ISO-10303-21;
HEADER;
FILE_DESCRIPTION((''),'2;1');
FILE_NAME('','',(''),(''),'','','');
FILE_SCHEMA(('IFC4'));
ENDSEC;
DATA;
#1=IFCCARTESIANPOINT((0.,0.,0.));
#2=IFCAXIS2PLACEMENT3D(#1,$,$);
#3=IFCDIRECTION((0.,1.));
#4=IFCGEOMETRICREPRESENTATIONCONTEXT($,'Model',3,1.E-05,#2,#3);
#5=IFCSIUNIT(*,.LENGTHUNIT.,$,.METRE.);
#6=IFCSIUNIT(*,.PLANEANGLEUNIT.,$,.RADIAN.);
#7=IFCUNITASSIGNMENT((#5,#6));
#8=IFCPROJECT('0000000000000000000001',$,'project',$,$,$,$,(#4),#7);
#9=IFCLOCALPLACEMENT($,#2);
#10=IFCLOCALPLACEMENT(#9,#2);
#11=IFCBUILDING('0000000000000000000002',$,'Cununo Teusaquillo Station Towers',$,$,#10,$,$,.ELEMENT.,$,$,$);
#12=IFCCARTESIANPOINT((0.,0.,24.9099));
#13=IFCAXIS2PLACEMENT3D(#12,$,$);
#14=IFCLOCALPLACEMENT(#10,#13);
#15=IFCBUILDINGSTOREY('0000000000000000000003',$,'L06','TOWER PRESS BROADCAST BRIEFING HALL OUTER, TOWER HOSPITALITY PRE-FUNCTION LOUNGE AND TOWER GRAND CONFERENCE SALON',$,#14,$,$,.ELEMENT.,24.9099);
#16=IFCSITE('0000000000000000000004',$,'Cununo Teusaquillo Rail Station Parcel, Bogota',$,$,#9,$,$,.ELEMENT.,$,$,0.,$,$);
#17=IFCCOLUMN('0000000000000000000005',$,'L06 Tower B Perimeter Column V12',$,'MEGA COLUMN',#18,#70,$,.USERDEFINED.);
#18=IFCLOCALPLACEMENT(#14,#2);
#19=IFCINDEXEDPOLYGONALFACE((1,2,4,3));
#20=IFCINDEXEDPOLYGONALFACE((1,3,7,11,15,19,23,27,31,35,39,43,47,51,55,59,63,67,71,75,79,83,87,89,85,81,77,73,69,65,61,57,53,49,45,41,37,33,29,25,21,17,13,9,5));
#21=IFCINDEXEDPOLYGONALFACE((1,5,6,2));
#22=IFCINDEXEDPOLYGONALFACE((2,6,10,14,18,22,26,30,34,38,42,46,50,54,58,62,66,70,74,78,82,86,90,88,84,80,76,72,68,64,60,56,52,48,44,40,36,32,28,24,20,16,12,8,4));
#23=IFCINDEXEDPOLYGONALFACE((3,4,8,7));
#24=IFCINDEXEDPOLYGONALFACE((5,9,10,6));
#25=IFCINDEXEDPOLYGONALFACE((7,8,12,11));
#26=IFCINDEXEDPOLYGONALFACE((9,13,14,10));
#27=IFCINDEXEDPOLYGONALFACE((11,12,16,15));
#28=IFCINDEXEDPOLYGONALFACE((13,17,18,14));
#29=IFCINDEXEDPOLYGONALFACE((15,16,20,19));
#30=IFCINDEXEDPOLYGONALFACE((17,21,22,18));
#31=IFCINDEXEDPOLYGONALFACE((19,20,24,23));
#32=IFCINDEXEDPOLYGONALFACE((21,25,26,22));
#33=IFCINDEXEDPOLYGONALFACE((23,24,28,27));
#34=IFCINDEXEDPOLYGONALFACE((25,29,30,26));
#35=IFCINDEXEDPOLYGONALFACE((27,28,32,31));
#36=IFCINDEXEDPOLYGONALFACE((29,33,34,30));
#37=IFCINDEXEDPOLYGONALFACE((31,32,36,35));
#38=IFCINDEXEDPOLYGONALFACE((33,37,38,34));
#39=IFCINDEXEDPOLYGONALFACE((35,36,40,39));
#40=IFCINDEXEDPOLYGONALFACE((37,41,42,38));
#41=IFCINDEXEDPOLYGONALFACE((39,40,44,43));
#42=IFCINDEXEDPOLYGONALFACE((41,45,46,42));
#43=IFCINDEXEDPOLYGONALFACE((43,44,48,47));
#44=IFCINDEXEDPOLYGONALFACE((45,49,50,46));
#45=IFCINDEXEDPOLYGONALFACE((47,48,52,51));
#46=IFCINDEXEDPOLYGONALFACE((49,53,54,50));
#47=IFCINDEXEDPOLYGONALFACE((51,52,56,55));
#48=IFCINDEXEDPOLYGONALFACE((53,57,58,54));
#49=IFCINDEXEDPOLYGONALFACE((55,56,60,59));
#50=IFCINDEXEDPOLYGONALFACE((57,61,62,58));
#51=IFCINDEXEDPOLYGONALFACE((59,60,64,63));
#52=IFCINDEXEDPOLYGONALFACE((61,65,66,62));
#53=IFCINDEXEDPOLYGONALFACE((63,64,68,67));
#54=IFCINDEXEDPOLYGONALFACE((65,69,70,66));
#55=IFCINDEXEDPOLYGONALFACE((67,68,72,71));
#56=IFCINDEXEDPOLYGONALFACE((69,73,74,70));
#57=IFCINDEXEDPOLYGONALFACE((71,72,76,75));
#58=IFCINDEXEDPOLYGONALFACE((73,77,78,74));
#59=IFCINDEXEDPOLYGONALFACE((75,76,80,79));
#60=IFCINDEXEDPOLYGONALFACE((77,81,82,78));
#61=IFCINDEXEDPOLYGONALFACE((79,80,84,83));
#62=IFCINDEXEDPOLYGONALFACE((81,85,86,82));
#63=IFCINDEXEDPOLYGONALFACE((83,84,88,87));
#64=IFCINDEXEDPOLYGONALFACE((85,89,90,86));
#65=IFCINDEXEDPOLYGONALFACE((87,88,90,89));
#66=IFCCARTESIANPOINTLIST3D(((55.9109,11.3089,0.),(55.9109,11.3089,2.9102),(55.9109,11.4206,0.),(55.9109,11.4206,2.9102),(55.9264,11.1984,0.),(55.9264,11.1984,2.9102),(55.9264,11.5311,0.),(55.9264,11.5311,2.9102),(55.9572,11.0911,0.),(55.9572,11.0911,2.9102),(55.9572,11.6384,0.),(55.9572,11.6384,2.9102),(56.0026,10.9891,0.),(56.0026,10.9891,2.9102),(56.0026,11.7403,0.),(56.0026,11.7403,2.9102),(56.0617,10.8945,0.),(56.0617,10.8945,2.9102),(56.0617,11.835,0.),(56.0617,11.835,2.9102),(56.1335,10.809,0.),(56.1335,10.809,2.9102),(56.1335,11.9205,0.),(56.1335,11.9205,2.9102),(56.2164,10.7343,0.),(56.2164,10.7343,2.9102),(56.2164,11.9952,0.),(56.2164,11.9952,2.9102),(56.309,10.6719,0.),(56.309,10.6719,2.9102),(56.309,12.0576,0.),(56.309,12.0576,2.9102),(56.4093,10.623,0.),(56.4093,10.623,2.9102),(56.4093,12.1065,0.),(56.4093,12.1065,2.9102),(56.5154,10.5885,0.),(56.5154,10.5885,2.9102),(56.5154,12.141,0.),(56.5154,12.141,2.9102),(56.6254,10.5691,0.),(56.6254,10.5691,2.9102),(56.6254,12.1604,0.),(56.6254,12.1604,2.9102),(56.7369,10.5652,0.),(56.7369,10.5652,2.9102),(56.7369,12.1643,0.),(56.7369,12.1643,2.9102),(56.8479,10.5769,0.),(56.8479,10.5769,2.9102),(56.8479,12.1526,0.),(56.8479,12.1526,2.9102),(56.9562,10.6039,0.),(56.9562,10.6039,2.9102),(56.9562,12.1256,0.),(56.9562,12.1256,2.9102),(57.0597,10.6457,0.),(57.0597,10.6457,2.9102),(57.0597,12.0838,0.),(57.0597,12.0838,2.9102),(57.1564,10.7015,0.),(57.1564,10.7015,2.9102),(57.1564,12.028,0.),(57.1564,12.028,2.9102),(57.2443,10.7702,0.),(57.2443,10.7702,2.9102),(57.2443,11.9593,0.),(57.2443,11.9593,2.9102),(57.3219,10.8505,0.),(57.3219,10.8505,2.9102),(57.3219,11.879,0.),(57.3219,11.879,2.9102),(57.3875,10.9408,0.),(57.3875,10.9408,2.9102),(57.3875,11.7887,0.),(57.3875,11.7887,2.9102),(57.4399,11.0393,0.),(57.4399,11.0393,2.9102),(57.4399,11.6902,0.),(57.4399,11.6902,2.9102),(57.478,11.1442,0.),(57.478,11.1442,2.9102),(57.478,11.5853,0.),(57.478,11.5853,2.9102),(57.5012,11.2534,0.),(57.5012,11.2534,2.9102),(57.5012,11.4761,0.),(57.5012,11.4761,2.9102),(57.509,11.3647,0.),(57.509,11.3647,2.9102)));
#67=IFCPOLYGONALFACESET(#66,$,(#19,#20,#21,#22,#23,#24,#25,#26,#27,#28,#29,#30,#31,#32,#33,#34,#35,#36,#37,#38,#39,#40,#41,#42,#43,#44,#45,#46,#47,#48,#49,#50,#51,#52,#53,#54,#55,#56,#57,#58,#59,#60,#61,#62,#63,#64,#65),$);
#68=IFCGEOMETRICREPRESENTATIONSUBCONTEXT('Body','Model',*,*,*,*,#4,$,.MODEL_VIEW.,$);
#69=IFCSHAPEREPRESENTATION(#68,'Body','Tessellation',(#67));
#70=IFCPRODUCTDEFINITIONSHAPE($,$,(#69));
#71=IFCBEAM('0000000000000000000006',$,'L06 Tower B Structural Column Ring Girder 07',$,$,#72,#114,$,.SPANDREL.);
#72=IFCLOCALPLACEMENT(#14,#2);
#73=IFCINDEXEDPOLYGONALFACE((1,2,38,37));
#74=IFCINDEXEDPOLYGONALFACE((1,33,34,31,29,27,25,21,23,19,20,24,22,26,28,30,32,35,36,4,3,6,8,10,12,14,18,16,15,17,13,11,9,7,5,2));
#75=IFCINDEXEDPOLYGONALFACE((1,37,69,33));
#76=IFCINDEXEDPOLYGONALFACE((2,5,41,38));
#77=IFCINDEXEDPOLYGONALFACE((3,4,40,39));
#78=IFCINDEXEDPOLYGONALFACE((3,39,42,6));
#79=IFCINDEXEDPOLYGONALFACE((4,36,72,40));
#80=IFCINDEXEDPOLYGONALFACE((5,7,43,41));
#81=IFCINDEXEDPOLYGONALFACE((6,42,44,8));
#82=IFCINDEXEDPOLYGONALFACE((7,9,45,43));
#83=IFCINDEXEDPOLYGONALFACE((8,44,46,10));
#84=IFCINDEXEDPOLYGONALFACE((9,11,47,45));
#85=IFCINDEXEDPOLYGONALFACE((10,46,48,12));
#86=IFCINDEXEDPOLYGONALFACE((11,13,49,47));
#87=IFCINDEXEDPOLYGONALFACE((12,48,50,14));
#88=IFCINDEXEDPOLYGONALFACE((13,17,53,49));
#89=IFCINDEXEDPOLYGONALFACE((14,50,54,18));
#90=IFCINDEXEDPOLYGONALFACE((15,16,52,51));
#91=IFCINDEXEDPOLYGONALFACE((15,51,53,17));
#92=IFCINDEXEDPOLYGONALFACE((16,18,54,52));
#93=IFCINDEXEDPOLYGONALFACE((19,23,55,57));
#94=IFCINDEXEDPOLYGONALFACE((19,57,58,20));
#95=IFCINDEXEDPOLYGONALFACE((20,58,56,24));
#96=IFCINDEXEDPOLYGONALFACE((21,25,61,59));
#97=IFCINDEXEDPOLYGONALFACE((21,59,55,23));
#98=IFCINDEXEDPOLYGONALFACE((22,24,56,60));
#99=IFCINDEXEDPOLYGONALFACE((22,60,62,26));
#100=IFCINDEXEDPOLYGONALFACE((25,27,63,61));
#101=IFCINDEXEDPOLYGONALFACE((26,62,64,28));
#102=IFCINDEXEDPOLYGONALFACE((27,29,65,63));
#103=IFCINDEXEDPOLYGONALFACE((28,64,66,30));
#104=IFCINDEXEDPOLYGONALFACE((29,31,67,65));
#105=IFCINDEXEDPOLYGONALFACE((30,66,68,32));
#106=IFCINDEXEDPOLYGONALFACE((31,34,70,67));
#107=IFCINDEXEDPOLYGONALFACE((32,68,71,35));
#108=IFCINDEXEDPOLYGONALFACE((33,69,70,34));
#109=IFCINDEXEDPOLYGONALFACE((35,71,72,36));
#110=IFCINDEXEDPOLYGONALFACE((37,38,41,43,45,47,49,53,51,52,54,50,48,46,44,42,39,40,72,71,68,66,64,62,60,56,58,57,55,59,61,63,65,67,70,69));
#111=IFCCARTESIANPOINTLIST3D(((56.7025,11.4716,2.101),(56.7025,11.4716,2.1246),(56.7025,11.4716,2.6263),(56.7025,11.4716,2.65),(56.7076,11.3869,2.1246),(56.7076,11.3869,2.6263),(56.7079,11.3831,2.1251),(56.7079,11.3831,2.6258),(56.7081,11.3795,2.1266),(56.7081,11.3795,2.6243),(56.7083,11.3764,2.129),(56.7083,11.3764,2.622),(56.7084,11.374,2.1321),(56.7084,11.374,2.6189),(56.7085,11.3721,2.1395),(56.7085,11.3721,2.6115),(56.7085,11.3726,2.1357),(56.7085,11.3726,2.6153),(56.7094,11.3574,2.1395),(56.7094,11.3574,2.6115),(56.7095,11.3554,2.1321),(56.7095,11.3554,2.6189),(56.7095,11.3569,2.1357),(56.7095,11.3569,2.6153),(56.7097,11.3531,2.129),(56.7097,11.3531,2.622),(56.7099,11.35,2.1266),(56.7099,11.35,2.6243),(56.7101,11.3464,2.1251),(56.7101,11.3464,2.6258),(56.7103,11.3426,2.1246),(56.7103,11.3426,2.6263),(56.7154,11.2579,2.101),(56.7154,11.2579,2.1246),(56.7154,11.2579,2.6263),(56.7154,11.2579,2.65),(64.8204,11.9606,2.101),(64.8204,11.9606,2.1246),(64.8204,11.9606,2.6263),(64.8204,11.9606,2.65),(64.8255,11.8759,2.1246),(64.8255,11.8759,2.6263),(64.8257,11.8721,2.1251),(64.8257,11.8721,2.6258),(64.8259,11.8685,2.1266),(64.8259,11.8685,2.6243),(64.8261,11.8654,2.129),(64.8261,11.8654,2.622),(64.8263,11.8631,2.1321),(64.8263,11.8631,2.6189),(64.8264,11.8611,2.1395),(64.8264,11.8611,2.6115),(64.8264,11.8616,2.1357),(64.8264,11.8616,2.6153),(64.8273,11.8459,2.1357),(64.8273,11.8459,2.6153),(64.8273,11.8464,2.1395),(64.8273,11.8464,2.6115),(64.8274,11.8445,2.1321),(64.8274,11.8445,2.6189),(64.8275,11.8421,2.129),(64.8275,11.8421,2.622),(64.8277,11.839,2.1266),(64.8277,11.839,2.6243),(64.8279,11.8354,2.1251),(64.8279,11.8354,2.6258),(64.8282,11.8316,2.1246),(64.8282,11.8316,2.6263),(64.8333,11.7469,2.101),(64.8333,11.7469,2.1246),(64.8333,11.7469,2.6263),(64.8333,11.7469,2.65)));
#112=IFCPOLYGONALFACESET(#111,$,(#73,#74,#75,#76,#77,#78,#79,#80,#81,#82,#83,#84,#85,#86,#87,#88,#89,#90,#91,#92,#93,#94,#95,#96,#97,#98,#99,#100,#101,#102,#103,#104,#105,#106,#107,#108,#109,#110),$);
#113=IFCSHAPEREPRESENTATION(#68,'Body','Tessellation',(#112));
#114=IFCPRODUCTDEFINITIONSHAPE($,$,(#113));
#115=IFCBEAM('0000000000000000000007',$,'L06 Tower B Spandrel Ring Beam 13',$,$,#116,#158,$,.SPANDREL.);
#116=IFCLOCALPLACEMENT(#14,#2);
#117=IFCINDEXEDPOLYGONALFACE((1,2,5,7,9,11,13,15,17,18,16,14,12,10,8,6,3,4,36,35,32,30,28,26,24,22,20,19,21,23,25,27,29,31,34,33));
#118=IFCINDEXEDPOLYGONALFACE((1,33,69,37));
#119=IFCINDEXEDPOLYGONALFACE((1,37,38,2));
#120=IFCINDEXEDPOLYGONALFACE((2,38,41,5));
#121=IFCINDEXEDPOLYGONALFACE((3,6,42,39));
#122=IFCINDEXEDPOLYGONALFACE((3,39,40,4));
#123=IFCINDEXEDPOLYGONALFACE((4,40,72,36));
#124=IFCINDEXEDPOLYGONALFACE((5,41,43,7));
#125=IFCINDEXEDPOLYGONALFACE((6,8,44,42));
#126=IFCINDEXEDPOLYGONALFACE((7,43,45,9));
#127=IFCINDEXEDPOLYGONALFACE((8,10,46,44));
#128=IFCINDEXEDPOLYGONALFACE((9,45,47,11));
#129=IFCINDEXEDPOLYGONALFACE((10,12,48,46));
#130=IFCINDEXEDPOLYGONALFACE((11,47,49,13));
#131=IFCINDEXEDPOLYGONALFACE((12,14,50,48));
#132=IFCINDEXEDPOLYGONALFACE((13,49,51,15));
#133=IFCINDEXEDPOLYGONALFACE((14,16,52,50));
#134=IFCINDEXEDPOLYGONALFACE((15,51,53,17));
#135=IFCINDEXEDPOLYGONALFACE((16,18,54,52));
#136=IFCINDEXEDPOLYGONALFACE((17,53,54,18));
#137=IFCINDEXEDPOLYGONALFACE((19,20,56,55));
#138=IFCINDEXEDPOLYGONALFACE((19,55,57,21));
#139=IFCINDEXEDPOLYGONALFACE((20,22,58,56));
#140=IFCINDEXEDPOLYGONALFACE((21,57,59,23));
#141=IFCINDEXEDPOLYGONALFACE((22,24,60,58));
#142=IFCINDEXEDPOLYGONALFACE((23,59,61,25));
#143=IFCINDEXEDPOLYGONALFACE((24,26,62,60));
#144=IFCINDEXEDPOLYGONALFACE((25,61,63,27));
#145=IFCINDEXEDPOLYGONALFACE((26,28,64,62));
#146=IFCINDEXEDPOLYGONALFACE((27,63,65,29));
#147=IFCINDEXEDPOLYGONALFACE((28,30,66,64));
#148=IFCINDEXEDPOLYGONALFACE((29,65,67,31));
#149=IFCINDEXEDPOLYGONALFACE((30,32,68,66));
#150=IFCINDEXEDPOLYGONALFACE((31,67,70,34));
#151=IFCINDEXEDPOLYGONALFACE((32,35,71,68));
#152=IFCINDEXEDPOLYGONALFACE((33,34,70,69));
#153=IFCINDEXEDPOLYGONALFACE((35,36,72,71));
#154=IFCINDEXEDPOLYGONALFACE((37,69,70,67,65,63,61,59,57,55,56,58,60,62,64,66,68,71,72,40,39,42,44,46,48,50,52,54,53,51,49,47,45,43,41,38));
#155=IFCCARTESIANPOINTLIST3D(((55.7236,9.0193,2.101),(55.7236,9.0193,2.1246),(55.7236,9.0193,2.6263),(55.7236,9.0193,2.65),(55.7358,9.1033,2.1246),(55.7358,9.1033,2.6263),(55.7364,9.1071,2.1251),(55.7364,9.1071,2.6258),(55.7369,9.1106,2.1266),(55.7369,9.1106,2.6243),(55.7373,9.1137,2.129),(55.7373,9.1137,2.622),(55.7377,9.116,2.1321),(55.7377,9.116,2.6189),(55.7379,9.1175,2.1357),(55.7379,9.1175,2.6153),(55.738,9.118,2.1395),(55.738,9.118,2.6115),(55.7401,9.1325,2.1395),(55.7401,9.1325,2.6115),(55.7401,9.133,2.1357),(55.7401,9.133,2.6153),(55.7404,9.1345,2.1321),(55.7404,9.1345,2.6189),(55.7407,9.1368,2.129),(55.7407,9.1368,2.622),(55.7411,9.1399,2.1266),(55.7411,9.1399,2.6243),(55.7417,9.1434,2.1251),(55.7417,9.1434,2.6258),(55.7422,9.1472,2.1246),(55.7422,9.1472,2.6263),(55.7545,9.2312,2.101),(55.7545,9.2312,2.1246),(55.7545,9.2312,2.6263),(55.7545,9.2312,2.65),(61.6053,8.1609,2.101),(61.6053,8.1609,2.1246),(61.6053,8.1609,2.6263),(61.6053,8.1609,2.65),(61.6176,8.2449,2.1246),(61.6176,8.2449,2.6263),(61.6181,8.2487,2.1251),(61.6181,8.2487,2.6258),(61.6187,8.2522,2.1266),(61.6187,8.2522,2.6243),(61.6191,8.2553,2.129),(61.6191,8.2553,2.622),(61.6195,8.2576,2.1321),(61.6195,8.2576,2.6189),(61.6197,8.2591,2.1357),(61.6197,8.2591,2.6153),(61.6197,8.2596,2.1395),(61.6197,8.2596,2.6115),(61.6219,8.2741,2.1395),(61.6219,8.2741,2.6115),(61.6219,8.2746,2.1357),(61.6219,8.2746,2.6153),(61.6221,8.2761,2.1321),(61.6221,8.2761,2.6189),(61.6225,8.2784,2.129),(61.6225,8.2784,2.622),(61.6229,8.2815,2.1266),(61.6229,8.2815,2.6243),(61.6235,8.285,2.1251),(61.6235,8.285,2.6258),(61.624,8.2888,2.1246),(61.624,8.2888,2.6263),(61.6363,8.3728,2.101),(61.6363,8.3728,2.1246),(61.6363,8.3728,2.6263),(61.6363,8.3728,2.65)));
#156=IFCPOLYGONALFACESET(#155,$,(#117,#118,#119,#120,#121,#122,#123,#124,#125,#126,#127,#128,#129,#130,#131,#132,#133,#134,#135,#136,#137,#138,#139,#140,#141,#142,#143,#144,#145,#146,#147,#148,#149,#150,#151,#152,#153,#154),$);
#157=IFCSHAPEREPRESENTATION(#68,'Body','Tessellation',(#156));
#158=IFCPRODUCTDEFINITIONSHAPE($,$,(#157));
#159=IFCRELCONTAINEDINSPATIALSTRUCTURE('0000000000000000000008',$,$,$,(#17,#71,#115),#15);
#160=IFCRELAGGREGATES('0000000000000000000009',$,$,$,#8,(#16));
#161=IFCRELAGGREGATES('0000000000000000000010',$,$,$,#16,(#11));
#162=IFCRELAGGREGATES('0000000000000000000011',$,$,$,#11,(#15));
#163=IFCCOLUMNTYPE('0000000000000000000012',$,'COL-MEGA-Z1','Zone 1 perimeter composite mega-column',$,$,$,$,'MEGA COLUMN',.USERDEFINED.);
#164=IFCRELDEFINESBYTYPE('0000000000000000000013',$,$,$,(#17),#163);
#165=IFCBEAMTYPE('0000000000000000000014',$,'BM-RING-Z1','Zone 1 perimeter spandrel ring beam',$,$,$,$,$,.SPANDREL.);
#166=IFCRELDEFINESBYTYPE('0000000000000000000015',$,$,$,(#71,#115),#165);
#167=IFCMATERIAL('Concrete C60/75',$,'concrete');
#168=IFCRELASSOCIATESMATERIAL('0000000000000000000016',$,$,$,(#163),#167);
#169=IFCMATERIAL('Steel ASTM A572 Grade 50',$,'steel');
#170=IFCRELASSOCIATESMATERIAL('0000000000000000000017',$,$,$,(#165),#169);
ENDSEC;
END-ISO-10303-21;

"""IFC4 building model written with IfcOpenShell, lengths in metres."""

from ifc_helpers import new_model, si_unit, direction, frame, origin, origin_2d, place, context, subcontext, project, spatial, circle, i_section, extrude, material, material_profile, profile_set, type_object, element, save


model = new_model("IFC4")

# Units and contexts
model_context = context("Model", 3, precision=1e-05, world=origin(), true_north=direction((0.0, 1.0)))
body_context = subcontext(model_context, "Body", "Model", "MODEL_VIEW")
ifc_project = project(units=[si_unit("LENGTHUNIT", "METRE"), si_unit("PLANEANGLEUNIT", "RADIAN")], contexts=[model_context])

# Site, building, storey
site_placement = place(None, origin())
site = spatial("IfcSite", under=ifc_project, at=site_placement, Name="Cununo Teusaquillo Rail Station Parcel, Bogota", CompositionType="ELEMENT", RefElevation=0.0)
building_placement = place(site_placement, origin())
building = spatial("IfcBuilding", under=site, at=building_placement, Name="Cununo Teusaquillo Station Towers", CompositionType="ELEMENT")
storey_placement = place(building_placement, frame((0.0, 0.0, 24.9099)))
storey = spatial("IfcBuildingStorey", under=building, at=storey_placement, Name="L06", Description="TOWER PRESS BROADCAST BRIEFING HALL OUTER, TOWER HOSPITALITY PRE-FUNCTION LOUNGE AND TOWER GRAND CONFERENCE SALON", CompositionType="ELEMENT", Elevation=24.9099)

# Column
ifc_material_1 = material(Name="Concrete C60/75", Category="concrete")
ifc_material_profile_1 = material_profile(ifc_material_1, circle(Radius=0.8, at=origin_2d()), Name="RC-CIRC-1600")
ifc_profile_set_1 = profile_set([ifc_material_profile_1], Name="Concrete C60/75")
column_type = type_object("IfcColumnType", Name="COL-MEGA-Z1", Description="Zone 1 perimeter composite mega-column", ElementType="MEGA COLUMN", PredefinedType="USERDEFINED", material=ifc_profile_set_1)
column_placement = place(storey_placement, frame((56.709, 11.3647, 0.0), z_axis=(0.0, 0.0, 1.0), x_axis=(1.0, 0.0, 0.0)))
element("IfcColumn", 1, at=column_placement, inside=storey, type_object=column_type, Name="L06 Tower B Perimeter Column V12", ObjectType="MEGA COLUMN", PredefinedType="USERDEFINED", context=body_context, shape_type="SweptSolid", body=[
    extrude(circle(Radius=0.8, at=origin_2d()), origin(), (0.0, 0.0, 1.0), 2.9102),
])

# Beams
ifc_material_2 = material(Name="Steel ASTM A572 Grade 50", Category="steel")
ifc_material_profile_2 = material_profile(ifc_material_2, i_section(OverallWidth=0.2141, OverallDepth=0.5491, WebThickness=0.0146, FlangeThickness=0.0237, FilletRadius=0.0149, at=origin_2d()), Name="W21X93")
ifc_profile_set_2 = profile_set([ifc_material_profile_2], Name="Steel ASTM A572 Grade 50")
beam_type = type_object("IfcBeamType", Name="BM-RING-Z1", Description="Zone 1 perimeter spandrel ring beam", PredefinedType="SPANDREL", material=ifc_profile_set_2)
beam_1_placement = place(storey_placement, frame((56.709, 11.3647, 2.3755), z_axis=(0.998191, 0.06013, 0.0), x_axis=(-0.06013, 0.998191, 0.0)))
element("IfcBeam", 2, at=beam_1_placement, inside=storey, type_object=beam_type, Name="L06 Tower B Structural Column Ring Girder 07", PredefinedType="SPANDREL", context=body_context, shape_type="SweptSolid", body=[
    extrude(i_section(OverallWidth=0.2141, OverallDepth=0.5491, WebThickness=0.0146, FlangeThickness=0.0237, FilletRadius=0.0149, at=origin_2d()), origin(), (0.0, 0.0, 1.0), 8.1326),
])
beam_2_placement = place(storey_placement, frame((55.739, 9.1252, 2.3755), z_axis=(0.989518, -0.144411, 0.0), x_axis=(0.144411, 0.989518, 0.0)))
element("IfcBeam", 3, at=beam_2_placement, inside=storey, type_object=beam_type, Name="L06 Tower B Spandrel Ring Beam 13", PredefinedType="SPANDREL", context=body_context, shape_type="SweptSolid", body=[
    extrude(i_section(OverallWidth=0.2141, OverallDepth=0.5491, WebThickness=0.0146, FlangeThickness=0.0237, FilletRadius=0.0149, at=origin_2d()), origin(), (0.0, 0.0, 1.0), 5.9441),
])

save(model, "model.ifc")
